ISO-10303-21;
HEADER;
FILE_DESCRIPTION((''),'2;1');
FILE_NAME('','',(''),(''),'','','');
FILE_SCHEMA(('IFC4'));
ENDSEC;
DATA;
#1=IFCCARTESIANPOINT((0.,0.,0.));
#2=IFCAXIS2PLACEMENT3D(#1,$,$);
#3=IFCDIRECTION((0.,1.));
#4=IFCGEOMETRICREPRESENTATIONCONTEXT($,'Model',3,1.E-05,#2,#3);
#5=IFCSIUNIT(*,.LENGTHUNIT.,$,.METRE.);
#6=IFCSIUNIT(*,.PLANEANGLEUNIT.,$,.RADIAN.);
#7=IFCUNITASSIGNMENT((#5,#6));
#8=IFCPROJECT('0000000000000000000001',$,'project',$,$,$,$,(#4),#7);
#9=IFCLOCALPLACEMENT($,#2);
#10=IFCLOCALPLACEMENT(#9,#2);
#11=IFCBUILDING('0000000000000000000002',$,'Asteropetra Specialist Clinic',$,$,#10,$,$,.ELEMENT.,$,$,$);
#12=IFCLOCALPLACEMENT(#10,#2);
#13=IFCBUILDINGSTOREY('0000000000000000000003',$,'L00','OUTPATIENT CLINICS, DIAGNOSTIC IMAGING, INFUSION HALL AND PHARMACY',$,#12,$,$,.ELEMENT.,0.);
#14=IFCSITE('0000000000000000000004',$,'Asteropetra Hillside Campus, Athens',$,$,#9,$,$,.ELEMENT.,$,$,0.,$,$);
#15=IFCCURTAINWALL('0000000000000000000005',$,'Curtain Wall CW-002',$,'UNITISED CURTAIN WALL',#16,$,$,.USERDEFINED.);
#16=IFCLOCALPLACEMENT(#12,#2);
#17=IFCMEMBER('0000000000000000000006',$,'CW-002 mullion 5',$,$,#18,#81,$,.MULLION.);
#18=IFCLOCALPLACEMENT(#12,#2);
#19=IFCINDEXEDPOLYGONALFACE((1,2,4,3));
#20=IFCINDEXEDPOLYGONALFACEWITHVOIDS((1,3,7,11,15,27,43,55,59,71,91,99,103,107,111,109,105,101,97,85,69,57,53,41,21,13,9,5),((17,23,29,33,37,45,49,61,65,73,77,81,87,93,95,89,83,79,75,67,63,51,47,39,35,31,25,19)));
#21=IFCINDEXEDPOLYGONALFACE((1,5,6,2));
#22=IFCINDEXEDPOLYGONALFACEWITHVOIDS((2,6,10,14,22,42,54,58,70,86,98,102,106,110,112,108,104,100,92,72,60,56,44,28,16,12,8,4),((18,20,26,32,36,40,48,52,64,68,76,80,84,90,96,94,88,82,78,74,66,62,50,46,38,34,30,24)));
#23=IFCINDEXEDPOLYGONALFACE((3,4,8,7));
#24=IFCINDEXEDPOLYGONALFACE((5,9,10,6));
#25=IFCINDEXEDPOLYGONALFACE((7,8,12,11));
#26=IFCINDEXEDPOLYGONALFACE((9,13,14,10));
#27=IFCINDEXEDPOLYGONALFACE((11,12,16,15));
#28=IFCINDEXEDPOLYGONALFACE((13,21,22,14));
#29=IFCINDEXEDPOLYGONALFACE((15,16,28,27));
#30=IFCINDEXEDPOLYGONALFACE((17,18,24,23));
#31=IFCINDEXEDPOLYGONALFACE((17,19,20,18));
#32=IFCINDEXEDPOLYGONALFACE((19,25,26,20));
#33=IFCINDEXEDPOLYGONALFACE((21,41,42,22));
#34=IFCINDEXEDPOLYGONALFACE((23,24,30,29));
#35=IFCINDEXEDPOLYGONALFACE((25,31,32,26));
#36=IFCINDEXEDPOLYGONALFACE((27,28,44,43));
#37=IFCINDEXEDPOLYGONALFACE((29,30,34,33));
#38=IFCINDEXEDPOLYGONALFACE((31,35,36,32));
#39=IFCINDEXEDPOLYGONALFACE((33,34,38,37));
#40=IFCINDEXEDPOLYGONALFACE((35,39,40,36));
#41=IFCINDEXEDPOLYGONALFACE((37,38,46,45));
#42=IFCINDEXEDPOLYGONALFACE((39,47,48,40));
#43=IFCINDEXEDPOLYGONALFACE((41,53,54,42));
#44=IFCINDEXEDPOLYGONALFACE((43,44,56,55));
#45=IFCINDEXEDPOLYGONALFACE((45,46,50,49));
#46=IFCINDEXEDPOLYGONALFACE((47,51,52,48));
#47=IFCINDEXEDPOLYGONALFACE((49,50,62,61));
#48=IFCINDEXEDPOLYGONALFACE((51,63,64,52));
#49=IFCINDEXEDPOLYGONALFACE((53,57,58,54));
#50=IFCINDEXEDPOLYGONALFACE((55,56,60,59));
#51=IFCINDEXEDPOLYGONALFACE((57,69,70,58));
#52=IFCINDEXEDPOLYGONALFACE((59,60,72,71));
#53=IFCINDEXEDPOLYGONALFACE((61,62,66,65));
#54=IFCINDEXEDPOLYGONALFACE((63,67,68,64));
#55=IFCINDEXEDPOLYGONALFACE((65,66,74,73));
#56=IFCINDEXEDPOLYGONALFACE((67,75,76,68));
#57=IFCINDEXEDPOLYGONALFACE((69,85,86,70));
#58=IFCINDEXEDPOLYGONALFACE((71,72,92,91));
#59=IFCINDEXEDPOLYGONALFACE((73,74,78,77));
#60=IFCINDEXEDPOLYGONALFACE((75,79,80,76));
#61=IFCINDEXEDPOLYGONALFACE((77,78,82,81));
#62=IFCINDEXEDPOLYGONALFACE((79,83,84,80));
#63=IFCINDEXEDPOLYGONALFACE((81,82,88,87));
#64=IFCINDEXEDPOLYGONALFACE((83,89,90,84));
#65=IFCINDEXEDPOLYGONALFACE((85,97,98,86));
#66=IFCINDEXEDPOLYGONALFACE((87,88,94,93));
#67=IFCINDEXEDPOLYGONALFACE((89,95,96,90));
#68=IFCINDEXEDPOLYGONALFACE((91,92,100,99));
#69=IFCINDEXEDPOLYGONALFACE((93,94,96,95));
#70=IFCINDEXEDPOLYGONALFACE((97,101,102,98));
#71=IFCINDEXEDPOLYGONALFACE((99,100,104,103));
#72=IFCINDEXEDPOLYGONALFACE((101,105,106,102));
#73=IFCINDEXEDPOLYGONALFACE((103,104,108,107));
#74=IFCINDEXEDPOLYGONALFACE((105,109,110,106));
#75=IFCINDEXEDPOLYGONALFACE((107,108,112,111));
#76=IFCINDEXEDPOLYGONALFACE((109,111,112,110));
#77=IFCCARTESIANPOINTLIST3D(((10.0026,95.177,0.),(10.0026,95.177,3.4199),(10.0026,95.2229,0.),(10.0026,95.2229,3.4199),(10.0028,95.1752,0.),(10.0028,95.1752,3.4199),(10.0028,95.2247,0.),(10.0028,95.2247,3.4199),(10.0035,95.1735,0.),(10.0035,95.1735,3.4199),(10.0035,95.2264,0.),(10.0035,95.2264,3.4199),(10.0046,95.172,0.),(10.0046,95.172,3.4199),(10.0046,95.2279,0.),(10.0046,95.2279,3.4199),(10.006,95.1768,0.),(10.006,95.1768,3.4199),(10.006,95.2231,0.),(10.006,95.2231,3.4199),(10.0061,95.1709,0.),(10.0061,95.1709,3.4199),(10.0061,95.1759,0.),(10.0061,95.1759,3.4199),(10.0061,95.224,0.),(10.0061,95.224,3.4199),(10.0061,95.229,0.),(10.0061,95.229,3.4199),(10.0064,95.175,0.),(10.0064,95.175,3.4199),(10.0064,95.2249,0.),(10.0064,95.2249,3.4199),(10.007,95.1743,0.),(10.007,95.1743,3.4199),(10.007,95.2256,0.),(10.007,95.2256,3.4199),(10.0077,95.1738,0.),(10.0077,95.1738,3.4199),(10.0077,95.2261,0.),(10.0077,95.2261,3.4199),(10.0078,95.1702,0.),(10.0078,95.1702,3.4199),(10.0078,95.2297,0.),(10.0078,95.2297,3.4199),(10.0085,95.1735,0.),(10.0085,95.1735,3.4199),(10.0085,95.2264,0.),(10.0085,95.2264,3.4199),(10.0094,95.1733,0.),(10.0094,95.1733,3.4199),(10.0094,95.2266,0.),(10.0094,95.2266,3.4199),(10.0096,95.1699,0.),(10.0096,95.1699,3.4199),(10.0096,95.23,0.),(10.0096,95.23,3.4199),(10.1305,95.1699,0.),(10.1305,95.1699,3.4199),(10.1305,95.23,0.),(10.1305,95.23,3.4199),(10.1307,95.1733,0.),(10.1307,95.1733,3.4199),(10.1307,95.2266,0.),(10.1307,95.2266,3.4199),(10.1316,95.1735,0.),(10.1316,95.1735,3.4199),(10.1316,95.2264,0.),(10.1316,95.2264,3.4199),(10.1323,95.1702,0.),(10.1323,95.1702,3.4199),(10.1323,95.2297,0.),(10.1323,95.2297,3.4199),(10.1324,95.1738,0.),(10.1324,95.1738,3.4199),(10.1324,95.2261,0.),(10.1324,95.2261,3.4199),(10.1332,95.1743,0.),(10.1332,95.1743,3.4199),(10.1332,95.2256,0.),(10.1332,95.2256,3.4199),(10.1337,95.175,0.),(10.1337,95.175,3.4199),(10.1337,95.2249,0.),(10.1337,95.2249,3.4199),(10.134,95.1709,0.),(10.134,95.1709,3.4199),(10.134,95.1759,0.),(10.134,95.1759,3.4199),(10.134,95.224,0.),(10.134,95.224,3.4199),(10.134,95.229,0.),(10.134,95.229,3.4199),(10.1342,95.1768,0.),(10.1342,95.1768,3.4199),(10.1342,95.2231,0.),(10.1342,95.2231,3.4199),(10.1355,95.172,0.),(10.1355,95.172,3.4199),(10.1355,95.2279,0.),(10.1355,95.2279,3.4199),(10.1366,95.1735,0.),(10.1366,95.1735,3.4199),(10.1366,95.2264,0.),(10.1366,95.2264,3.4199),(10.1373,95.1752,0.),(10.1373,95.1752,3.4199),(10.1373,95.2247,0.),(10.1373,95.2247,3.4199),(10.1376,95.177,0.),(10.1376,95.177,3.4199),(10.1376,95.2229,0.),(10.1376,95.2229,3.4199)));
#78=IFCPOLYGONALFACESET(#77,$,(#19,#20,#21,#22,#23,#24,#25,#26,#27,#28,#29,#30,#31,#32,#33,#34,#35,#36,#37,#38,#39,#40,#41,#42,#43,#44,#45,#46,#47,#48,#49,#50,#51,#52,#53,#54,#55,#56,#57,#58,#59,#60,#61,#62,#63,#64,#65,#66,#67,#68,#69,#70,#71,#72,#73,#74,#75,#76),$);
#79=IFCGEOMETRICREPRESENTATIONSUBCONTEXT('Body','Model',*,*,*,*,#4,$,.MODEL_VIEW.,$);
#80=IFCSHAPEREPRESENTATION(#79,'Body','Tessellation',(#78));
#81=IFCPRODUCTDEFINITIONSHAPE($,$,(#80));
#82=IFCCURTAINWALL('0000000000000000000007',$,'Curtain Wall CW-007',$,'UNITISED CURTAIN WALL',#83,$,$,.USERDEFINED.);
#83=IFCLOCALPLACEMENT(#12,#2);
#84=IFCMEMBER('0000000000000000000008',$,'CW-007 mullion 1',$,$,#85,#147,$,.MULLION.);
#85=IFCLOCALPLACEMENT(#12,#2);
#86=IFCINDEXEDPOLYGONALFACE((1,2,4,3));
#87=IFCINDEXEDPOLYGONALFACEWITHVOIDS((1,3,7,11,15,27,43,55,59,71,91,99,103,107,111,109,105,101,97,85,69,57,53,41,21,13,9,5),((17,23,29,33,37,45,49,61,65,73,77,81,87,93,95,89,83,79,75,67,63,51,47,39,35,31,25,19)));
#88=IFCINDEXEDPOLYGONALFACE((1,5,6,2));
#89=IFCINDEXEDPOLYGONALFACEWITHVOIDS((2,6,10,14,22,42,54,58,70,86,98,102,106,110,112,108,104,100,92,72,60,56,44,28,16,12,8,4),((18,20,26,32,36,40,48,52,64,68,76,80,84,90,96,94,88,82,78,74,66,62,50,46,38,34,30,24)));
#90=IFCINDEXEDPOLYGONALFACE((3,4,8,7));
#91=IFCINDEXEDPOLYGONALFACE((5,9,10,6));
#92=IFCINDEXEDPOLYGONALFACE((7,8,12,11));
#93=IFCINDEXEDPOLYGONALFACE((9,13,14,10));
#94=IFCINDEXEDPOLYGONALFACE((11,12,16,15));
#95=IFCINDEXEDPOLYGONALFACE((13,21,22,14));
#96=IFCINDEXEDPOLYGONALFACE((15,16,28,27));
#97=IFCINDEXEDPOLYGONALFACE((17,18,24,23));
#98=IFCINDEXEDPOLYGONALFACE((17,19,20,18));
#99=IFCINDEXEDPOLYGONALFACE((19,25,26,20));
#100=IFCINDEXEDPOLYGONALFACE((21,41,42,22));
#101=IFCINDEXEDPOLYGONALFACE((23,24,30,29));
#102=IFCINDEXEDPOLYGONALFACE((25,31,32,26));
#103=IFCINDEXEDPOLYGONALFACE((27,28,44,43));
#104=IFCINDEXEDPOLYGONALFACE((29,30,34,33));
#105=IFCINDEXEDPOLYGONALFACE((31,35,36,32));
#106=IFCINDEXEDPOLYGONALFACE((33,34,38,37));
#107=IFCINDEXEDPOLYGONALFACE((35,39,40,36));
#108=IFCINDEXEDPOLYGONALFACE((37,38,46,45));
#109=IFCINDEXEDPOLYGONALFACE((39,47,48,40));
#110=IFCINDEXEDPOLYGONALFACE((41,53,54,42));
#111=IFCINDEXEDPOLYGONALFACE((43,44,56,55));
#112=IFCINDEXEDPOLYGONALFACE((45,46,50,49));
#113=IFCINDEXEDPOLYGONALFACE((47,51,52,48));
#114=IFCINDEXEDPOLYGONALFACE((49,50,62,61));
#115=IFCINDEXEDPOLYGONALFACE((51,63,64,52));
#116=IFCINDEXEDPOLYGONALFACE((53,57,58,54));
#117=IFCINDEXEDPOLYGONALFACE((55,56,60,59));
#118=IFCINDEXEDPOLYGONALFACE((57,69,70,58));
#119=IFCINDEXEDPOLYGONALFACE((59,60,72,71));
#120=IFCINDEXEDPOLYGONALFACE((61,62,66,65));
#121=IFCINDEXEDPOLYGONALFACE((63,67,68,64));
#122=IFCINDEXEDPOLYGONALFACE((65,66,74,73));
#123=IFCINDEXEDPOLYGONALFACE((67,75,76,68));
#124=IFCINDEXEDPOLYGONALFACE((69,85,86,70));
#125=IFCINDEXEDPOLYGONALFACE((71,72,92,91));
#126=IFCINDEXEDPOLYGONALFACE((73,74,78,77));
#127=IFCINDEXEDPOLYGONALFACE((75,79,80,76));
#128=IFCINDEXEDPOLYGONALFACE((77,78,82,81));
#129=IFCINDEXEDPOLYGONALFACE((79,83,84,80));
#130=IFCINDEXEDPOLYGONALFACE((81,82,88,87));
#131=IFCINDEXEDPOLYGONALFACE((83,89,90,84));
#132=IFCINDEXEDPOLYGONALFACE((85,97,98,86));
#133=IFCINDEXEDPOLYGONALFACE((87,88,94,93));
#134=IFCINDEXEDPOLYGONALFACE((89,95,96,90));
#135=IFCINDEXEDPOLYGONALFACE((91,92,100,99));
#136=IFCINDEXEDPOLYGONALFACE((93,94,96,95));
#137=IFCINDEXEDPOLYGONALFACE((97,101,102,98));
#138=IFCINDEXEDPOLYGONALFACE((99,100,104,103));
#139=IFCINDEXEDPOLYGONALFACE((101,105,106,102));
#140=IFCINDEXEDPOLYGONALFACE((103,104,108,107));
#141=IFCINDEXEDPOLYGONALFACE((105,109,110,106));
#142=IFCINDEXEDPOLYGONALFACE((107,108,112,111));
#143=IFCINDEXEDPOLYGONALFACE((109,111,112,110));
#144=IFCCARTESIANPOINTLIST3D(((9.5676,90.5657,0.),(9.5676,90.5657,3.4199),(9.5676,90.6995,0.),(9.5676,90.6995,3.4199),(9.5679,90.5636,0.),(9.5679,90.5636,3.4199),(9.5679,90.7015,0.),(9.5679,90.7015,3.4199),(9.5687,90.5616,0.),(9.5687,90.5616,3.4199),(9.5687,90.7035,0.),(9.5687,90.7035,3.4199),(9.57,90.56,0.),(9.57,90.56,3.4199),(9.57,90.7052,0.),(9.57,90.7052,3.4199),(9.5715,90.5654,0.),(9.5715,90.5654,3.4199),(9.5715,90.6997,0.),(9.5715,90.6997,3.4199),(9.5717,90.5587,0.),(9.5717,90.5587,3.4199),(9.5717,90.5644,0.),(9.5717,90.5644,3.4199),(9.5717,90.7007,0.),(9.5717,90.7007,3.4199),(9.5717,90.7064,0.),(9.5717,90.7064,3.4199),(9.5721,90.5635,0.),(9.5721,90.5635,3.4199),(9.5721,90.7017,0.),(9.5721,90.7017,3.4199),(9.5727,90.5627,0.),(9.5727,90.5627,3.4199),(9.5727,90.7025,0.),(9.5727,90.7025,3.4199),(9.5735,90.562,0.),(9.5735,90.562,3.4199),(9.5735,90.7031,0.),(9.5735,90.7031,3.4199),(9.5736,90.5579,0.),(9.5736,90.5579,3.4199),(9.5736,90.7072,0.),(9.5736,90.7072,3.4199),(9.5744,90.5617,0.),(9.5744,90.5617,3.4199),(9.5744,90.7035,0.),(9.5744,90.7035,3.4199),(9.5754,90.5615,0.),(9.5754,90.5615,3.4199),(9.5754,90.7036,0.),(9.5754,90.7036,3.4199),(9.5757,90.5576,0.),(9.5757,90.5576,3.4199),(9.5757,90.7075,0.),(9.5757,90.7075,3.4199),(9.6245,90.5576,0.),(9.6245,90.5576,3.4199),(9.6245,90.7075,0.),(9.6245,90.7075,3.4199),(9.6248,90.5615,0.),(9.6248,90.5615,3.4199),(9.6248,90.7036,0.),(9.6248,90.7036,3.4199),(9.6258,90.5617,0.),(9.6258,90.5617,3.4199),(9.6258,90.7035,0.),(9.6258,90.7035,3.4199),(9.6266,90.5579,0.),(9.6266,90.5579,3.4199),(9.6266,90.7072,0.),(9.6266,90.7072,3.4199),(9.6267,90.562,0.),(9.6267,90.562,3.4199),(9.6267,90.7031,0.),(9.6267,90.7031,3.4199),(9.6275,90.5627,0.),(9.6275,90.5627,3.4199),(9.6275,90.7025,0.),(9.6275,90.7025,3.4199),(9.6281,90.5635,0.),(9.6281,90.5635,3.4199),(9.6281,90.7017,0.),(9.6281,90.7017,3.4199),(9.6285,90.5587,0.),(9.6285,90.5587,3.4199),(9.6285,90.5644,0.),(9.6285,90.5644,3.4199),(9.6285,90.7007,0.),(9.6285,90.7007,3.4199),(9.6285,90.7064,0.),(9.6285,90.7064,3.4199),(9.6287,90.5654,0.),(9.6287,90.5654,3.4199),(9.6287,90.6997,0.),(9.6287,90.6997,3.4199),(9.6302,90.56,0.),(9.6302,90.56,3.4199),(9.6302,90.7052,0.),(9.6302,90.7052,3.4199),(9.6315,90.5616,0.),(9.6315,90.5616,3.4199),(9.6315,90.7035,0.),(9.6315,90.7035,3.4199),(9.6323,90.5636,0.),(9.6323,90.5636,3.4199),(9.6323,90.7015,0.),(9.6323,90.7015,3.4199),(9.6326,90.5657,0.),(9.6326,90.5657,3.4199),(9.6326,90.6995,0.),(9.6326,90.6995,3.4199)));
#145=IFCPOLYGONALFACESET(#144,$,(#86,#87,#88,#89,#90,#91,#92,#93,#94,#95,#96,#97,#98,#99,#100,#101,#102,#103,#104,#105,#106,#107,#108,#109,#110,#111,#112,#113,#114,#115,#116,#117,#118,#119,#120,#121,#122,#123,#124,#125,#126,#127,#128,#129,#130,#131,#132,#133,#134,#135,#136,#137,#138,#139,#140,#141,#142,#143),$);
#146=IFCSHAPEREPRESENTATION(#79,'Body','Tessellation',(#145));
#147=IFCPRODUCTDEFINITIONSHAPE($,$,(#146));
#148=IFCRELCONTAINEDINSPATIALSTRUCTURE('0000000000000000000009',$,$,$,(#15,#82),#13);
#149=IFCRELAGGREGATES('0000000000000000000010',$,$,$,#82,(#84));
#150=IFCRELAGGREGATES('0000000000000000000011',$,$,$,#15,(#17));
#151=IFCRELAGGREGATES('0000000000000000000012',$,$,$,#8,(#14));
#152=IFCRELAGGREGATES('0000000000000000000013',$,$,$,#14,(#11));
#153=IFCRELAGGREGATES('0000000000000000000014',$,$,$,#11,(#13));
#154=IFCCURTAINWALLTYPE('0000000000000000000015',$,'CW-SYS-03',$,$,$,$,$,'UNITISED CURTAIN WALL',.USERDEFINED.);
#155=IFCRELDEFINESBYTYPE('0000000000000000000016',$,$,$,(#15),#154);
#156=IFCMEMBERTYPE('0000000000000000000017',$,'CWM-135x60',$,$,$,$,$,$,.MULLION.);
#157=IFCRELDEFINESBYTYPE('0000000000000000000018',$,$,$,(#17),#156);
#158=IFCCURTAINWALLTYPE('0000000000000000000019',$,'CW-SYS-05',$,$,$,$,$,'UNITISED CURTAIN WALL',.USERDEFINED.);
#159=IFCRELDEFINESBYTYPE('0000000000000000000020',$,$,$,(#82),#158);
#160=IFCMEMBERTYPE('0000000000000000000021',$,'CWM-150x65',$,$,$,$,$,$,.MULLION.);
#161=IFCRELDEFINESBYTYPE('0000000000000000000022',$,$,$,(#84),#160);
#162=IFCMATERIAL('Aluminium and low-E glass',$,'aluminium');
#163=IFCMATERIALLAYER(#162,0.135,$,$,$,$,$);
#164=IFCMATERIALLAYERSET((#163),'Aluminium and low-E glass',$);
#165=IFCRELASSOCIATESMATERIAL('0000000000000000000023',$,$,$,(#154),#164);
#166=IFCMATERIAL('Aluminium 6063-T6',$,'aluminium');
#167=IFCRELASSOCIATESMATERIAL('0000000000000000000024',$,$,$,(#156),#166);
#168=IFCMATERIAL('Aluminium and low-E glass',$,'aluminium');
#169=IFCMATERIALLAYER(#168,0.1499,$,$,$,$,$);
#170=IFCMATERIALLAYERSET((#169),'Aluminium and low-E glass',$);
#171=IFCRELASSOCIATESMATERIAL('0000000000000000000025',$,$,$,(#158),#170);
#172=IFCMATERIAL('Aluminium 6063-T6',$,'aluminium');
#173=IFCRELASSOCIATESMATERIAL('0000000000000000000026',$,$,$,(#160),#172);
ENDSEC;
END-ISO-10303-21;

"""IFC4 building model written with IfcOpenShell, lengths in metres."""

from ifc_helpers import new_model, si_unit, direction, frame, origin, origin_2d, place, context, subcontext, project, spatial, hollow_rectangle, extrude, material, layer, layer_set, material_profile, profile_set, type_object, element, aggregate, save


model = new_model("IFC4")

# Units and contexts
model_context = context("Model", 3, precision=1e-05, world=origin(), true_north=direction((0.0, 1.0)))
body_context = subcontext(model_context, "Body", "Model", "MODEL_VIEW")
ifc_project = project(units=[si_unit("LENGTHUNIT", "METRE"), si_unit("PLANEANGLEUNIT", "RADIAN")], contexts=[model_context])

# Site, building, storey
site_placement = place(None, origin())
site = spatial("IfcSite", under=ifc_project, at=site_placement, Name="Asteropetra Hillside Campus, Athens", CompositionType="ELEMENT", RefElevation=0.0)
building_placement = place(site_placement, origin())
building = spatial("IfcBuilding", under=site, at=building_placement, Name="Asteropetra Specialist Clinic", CompositionType="ELEMENT")
storey_placement = place(building_placement, origin())
storey = spatial("IfcBuildingStorey", under=building, at=storey_placement, Name="L00", Description="OUTPATIENT CLINICS, DIAGNOSTIC IMAGING, INFUSION HALL AND PHARMACY", CompositionType="ELEMENT", Elevation=0.0)

# Curtain wall, member
ifc_material_1 = material(Name="Aluminium and low-E glass", Category="aluminium")
ifc_layer_1 = layer(ifc_material_1, 0.135)
ifc_layer_set_1 = layer_set([ifc_layer_1], Name="Aluminium and low-E glass")
curtain_wall_type_1 = type_object("IfcCurtainWallType", Name="CW-SYS-03", ElementType="UNITISED CURTAIN WALL", PredefinedType="USERDEFINED", material=ifc_layer_set_1)
curtain_wall_1_placement = place(storey_placement, origin())
curtain_wall_1 = element("IfcCurtainWall", 1, at=curtain_wall_1_placement, inside=storey, type_object=curtain_wall_type_1, Name="Curtain Wall CW-002", ObjectType="UNITISED CURTAIN WALL", PredefinedType="USERDEFINED")
ifc_material_2 = material(Name="Aluminium 6063-T6", Category="aluminium")
ifc_material_profile_1 = material_profile(ifc_material_2, hollow_rectangle(XDim=0.0601, YDim=0.135, WallThickness=0.0034, InnerFilletRadius=0.0034, OuterFilletRadius=0.0071, at=origin_2d()), Name="MUL 135x60x3.5")
ifc_profile_set_1 = profile_set([ifc_material_profile_1], Name="Aluminium 6063-T6")
member_type_1 = type_object("IfcMemberType", Name="CWM-135x60", PredefinedType="MULLION", material=ifc_profile_set_1)
member_1_placement = place(storey_placement, frame((10.0701, 95.2, 0.0), z_axis=(0.0, 0.0, 1.0), x_axis=(0.0, -1.0, 0.0)))
member_1 = element("IfcMember", 2, at=member_1_placement, type_object=member_type_1, Name="CW-002 mullion 5", PredefinedType="MULLION", context=body_context, shape_type="SweptSolid", body=[
    extrude(hollow_rectangle(XDim=0.0601, YDim=0.135, WallThickness=0.0034, InnerFilletRadius=0.0034, OuterFilletRadius=0.0071, at=origin_2d()), origin(), (0.0, 0.0, 1.0), 3.4199),
])

# Curtain wall, member
ifc_material_3 = material(Name="Aluminium and low-E glass", Category="aluminium")
ifc_layer_2 = layer(ifc_material_3, 0.1499)
ifc_layer_set_2 = layer_set([ifc_layer_2], Name="Aluminium and low-E glass")
curtain_wall_type_2 = type_object("IfcCurtainWallType", Name="CW-SYS-05", ElementType="UNITISED CURTAIN WALL", PredefinedType="USERDEFINED", material=ifc_layer_set_2)
curtain_wall_2_placement = place(storey_placement, origin())
curtain_wall_2 = element("IfcCurtainWall", 3, at=curtain_wall_2_placement, inside=storey, type_object=curtain_wall_type_2, Name="Curtain Wall CW-007", ObjectType="UNITISED CURTAIN WALL", PredefinedType="USERDEFINED")
ifc_material_4 = material(Name="Aluminium 6063-T6", Category="aluminium")
ifc_material_profile_2 = material_profile(ifc_material_4, hollow_rectangle(XDim=0.0649, YDim=0.1499, WallThickness=0.0039, InnerFilletRadius=0.0039, OuterFilletRadius=0.0081, at=origin_2d()), Name="MUL 150x65x4.0")
ifc_profile_set_2 = profile_set([ifc_material_profile_2], Name="Aluminium 6063-T6")
member_type_2 = type_object("IfcMemberType", Name="CWM-150x65", PredefinedType="MULLION", material=ifc_profile_set_2)
member_2_placement = place(storey_placement, frame((9.6001, 90.6326, 0.0), z_axis=(0.0, 0.0, 1.0), x_axis=(1.0, 0.0, 0.0)))
member_2 = element("IfcMember", 4, at=member_2_placement, type_object=member_type_2, Name="CW-007 mullion 1", PredefinedType="MULLION", context=body_context, shape_type="SweptSolid", body=[
    extrude(hollow_rectangle(XDim=0.0649, YDim=0.1499, WallThickness=0.0039, InnerFilletRadius=0.0039, OuterFilletRadius=0.0081, at=origin_2d()), origin(), (0.0, 0.0, 1.0), 3.4199),
])

aggregate(curtain_wall_2, [member_2])

aggregate(curtain_wall_1, [member_1])

save(model, "model.ifc")
